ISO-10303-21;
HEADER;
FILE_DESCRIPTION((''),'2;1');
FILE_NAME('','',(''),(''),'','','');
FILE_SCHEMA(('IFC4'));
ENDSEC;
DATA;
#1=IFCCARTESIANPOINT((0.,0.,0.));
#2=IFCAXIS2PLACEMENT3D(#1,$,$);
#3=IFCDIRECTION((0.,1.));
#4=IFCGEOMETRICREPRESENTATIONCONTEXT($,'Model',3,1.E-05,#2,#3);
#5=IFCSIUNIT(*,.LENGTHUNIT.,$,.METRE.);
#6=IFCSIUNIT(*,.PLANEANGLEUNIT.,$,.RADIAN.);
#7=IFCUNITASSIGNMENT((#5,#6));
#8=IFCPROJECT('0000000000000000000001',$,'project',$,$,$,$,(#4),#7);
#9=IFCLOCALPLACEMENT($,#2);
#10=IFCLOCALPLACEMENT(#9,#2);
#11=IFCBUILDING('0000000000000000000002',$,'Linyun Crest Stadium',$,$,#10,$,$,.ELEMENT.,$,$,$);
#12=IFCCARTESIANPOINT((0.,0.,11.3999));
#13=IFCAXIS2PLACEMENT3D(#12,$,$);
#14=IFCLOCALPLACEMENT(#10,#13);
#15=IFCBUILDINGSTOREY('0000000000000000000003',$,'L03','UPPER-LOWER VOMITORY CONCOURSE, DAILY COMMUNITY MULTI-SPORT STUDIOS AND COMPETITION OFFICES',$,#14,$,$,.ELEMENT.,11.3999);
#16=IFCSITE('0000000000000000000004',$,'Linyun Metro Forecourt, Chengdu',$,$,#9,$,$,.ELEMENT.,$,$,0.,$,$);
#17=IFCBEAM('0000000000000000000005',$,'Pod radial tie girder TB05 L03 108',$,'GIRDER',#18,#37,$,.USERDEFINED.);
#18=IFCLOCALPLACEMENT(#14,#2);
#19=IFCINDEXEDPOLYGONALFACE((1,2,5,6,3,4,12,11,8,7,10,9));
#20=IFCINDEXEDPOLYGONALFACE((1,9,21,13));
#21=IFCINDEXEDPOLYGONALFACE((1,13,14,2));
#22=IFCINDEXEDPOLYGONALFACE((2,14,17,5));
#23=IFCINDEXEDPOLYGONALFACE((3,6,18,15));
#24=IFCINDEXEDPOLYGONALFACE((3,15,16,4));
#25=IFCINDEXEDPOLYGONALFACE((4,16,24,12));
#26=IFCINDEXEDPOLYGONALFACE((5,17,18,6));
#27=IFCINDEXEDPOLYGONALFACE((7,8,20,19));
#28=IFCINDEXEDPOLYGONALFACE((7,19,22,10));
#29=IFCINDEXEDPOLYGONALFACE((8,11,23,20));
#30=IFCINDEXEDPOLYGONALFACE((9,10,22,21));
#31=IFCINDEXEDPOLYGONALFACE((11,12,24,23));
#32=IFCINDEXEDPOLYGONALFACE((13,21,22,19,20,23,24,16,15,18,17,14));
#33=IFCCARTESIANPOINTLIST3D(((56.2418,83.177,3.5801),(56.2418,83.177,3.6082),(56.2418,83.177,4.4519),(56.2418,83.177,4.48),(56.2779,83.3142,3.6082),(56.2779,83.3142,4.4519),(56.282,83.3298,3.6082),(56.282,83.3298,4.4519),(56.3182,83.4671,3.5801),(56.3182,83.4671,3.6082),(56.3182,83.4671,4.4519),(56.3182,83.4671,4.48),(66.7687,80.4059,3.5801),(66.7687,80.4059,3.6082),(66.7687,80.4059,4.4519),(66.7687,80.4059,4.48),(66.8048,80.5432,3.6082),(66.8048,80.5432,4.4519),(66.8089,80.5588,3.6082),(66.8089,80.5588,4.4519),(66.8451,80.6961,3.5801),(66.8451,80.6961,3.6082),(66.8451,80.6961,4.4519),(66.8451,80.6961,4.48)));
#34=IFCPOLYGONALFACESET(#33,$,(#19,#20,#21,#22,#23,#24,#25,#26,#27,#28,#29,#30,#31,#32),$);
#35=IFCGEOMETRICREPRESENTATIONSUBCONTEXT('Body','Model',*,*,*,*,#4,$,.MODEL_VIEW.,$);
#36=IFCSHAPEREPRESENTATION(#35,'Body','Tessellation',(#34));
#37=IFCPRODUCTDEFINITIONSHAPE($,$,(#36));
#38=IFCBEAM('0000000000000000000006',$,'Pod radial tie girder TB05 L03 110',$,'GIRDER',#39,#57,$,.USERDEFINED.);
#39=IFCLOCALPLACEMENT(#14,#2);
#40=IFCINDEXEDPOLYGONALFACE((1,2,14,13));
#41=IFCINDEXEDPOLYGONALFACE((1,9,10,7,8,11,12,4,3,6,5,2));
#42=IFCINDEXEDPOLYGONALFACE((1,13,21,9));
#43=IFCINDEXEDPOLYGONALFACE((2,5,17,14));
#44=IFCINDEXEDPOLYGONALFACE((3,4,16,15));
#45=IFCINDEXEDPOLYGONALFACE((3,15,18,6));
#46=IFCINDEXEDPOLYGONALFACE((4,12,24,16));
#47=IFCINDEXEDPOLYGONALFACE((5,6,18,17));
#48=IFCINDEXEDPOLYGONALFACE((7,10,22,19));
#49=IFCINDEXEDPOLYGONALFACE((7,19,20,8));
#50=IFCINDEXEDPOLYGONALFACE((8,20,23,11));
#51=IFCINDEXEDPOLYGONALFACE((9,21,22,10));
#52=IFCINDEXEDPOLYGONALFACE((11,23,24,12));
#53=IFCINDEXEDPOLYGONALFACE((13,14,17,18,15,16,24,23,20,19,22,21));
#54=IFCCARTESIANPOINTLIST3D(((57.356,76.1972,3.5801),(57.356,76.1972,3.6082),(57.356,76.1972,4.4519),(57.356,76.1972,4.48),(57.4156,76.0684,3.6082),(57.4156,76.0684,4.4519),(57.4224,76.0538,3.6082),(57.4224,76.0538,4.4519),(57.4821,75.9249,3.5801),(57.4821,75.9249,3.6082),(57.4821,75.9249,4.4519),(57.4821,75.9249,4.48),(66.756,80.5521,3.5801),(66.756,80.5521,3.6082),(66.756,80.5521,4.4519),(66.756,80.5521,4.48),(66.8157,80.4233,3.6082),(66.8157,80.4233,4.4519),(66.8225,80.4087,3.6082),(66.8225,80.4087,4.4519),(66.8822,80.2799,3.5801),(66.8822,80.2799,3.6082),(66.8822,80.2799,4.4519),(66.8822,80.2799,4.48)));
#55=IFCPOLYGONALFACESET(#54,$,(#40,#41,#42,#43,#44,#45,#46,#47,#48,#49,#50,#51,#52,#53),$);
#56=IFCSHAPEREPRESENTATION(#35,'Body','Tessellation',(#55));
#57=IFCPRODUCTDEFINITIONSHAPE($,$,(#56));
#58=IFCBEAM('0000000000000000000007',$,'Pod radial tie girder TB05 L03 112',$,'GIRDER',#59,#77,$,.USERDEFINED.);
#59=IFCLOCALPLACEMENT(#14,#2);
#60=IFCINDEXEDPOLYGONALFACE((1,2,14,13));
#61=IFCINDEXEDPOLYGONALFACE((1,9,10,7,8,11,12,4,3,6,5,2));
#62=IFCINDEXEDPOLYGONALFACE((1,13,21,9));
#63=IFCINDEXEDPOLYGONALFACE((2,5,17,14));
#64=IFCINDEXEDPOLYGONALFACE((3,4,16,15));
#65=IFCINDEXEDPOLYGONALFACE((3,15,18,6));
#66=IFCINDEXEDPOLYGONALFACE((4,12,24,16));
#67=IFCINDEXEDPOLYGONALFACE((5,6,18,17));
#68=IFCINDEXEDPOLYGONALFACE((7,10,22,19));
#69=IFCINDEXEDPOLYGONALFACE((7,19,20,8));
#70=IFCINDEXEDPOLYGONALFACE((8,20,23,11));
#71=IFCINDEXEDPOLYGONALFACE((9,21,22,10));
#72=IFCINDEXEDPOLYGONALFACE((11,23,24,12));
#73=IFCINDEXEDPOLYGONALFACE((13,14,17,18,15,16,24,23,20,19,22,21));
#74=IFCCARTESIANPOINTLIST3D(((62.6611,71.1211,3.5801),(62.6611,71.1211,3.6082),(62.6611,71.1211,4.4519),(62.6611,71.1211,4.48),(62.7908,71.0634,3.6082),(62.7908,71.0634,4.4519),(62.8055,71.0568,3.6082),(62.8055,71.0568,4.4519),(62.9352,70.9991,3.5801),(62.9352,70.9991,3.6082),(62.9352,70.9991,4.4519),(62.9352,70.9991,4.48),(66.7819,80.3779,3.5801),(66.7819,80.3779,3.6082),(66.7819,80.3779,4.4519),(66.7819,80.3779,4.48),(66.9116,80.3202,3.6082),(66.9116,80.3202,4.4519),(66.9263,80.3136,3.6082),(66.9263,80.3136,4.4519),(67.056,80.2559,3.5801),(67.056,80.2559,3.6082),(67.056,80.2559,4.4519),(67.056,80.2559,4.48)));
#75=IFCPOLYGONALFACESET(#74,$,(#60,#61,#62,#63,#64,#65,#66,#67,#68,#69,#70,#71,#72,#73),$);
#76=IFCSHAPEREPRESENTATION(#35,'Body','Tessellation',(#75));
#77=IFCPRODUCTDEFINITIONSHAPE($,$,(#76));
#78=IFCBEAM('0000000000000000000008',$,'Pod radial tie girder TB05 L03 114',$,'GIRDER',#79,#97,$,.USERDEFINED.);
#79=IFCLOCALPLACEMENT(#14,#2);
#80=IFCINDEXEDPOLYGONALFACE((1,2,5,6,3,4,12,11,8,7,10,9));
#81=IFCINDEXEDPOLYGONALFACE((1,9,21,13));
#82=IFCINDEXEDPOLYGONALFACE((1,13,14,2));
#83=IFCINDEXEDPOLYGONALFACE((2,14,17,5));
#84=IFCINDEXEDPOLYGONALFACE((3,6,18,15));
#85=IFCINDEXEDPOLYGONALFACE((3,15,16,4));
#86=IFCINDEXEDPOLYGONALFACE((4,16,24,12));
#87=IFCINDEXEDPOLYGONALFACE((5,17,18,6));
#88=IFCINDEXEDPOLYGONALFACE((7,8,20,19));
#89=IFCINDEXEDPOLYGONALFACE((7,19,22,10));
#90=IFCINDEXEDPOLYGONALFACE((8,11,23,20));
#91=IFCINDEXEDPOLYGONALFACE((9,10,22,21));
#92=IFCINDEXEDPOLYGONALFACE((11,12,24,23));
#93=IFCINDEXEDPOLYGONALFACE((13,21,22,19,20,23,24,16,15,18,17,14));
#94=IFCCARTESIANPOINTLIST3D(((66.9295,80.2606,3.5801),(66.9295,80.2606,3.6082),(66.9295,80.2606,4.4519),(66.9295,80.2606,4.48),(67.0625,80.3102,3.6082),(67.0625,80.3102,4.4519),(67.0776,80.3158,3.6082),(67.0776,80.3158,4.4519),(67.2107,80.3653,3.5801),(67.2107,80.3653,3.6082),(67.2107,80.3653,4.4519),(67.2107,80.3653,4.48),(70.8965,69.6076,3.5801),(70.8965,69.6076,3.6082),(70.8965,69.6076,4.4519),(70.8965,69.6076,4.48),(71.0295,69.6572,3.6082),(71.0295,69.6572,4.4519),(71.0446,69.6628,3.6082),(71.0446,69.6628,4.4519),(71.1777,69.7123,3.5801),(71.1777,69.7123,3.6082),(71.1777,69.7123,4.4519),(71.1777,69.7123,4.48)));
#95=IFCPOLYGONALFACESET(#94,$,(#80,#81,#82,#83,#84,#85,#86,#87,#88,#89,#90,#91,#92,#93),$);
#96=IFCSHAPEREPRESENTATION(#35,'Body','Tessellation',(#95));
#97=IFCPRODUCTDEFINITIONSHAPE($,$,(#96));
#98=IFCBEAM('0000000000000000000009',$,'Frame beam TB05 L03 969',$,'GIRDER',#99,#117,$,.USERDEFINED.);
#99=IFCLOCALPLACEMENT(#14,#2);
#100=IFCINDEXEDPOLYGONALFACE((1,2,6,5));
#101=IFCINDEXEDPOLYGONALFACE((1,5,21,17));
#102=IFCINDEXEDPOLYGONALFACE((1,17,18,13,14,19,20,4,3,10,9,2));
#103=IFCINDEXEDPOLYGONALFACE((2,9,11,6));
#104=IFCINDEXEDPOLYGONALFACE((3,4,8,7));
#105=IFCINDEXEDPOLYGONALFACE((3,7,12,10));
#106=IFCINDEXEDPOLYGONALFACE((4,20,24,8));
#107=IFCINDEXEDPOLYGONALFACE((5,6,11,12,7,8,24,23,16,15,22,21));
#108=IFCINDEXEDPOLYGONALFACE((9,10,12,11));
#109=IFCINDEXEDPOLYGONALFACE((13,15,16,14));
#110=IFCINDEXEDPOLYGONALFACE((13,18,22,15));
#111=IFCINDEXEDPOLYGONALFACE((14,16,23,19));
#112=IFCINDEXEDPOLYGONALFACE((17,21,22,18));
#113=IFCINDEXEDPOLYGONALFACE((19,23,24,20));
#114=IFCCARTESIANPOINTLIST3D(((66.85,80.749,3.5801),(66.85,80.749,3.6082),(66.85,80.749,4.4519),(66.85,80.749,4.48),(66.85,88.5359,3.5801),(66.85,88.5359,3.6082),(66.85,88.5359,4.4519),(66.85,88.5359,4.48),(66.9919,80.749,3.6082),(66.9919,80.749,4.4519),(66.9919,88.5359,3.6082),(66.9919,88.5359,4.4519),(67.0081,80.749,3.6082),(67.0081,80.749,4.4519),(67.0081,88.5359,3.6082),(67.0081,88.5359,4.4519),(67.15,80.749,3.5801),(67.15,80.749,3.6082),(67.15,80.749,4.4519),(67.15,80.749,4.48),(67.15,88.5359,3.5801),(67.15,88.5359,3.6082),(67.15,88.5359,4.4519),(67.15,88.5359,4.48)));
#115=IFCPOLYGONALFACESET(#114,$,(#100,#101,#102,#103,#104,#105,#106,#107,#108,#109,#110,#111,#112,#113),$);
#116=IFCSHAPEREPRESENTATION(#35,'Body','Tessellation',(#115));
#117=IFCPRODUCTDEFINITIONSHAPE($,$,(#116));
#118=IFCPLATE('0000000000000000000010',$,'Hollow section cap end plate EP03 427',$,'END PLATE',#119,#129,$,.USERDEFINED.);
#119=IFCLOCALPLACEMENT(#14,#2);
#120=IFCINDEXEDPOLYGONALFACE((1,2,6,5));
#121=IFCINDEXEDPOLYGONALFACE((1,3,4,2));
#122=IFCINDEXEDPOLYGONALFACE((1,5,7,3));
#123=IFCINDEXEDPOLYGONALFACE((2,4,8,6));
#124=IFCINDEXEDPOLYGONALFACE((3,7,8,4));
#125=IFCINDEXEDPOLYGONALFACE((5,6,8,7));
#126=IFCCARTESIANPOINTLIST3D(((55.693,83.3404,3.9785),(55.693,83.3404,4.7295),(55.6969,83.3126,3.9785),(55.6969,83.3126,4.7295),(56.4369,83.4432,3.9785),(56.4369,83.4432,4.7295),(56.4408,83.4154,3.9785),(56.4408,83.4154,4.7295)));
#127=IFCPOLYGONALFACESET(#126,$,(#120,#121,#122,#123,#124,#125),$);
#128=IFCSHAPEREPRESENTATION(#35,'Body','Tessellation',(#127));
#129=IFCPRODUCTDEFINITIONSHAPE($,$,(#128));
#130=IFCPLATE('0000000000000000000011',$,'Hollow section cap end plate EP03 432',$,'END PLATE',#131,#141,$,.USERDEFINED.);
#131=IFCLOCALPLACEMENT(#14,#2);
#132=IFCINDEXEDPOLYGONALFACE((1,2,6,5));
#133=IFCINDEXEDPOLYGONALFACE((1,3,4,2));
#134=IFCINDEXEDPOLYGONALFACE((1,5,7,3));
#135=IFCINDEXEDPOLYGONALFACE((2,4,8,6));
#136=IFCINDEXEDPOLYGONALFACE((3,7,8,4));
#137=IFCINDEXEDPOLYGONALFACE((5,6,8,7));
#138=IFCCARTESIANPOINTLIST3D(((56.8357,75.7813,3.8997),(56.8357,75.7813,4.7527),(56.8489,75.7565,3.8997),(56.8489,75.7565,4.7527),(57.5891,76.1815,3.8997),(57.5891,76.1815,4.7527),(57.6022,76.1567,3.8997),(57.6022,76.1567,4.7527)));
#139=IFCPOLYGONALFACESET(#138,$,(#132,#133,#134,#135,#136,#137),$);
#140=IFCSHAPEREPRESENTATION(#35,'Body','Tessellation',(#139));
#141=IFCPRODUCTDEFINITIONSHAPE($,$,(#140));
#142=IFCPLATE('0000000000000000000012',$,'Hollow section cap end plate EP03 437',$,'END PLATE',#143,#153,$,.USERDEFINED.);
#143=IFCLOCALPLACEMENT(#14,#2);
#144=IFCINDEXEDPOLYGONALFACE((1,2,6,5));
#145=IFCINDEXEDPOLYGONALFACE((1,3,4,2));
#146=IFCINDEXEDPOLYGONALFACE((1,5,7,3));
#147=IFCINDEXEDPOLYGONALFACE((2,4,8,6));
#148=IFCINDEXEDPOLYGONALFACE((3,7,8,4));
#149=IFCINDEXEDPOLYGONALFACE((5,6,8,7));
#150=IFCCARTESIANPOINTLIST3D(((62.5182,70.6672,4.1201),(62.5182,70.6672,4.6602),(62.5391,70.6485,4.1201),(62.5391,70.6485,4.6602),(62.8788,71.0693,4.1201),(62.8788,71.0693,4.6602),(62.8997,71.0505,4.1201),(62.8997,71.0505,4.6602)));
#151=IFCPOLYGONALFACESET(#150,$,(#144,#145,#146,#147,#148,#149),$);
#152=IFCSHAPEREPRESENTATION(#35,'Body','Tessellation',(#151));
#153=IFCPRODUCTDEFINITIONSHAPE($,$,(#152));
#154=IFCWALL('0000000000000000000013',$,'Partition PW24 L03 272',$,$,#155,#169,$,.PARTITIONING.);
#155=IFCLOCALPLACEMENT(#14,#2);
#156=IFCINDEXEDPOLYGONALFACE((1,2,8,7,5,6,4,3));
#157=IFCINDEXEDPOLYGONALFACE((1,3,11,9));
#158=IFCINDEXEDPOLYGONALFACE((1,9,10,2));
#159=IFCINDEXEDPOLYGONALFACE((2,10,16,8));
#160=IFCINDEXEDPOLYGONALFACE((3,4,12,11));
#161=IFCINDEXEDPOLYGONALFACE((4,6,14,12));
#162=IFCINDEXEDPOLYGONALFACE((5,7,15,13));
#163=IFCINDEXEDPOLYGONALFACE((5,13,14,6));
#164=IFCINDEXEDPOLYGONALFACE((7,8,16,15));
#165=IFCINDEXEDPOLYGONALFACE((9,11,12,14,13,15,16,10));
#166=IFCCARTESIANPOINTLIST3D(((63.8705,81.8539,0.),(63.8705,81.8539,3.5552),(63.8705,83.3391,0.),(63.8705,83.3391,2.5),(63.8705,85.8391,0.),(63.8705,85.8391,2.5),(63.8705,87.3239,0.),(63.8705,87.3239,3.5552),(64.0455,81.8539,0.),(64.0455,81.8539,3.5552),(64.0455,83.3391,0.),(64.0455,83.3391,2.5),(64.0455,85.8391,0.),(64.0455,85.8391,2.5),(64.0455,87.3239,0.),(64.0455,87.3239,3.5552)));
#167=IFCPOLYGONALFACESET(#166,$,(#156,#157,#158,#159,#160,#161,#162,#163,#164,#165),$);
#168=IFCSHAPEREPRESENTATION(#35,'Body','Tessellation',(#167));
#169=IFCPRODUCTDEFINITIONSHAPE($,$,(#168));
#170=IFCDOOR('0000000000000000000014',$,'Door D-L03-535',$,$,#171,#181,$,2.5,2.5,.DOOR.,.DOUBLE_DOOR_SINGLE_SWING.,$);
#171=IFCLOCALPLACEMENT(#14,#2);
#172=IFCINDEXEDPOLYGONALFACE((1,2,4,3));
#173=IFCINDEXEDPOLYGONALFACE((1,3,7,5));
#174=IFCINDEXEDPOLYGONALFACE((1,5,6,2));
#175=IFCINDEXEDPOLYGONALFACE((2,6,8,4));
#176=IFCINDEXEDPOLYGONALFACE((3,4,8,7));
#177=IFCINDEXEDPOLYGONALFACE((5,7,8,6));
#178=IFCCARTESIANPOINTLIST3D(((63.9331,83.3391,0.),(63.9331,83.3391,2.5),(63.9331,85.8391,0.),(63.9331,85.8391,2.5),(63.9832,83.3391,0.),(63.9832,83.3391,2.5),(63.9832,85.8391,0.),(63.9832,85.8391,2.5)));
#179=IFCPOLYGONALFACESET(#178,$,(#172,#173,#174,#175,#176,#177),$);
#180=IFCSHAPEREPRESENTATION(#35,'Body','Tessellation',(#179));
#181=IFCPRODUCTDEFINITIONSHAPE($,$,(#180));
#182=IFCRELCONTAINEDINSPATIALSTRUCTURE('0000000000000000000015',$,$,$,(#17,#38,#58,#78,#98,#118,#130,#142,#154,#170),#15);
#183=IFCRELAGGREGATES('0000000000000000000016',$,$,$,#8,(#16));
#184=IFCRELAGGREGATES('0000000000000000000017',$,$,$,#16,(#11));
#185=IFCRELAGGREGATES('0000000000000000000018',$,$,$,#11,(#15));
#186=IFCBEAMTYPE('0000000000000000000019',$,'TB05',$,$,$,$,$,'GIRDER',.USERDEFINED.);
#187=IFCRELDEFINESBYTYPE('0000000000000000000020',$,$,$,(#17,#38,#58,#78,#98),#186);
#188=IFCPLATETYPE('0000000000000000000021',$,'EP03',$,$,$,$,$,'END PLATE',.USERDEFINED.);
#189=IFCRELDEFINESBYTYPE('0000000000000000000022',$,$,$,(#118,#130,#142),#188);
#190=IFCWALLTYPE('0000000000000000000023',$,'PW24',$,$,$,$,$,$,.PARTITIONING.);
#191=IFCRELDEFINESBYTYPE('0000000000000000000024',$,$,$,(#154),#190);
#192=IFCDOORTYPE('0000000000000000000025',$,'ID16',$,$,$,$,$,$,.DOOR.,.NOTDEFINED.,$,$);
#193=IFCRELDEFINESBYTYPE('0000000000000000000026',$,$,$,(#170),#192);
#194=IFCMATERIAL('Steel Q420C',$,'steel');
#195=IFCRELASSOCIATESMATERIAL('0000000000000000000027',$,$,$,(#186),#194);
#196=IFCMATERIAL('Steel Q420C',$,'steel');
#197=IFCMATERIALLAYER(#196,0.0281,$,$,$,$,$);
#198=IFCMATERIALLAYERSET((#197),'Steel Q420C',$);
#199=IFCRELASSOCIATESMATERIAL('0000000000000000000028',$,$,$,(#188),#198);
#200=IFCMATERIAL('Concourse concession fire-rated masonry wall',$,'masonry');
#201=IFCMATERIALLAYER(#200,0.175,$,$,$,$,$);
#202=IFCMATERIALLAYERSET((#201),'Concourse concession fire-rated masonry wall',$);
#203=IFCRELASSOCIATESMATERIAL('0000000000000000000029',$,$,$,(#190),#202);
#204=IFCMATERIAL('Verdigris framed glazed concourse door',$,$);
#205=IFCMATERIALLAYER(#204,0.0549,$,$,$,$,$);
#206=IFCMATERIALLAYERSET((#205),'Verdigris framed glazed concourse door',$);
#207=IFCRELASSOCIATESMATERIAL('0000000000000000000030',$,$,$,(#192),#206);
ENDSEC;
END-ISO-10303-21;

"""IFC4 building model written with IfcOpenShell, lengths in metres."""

from ifc_helpers import new_model, si_unit, direction, frame, frame_2d, origin, origin_2d, place, context, subcontext, project, spatial, rectangle, i_section, extrude, material, layer, layer_set, material_profile, profile_set, type_object, element, fill, save


model = new_model("IFC4")

# Units and contexts
model_context = context("Model", 3, precision=1e-05, world=origin(), true_north=direction((0.0, 1.0)))
body_context = subcontext(model_context, "Body", "Model", "MODEL_VIEW")
ifc_project = project(units=[si_unit("LENGTHUNIT", "METRE"), si_unit("PLANEANGLEUNIT", "RADIAN")], contexts=[model_context])

# Site, building, storey
site_placement = place(None, origin())
site = spatial("IfcSite", under=ifc_project, at=site_placement, Name="Linyun Metro Forecourt, Chengdu", CompositionType="ELEMENT", RefElevation=0.0)
building_placement = place(site_placement, origin())
building = spatial("IfcBuilding", under=site, at=building_placement, Name="Linyun Crest Stadium", CompositionType="ELEMENT")
storey_placement = place(building_placement, frame((0.0, 0.0, 11.3999)))
storey = spatial("IfcBuildingStorey", under=building, at=storey_placement, Name="L03", Description="UPPER-LOWER VOMITORY CONCOURSE, DAILY COMMUNITY MULTI-SPORT STUDIOS AND COMPETITION OFFICES", CompositionType="ELEMENT", Elevation=11.3999)

# Beams
ifc_material_1 = material(Name="Steel Q420C", Category="steel")
ifc_material_profile_1 = material_profile(ifc_material_1, i_section(OverallWidth=0.3, OverallDepth=0.8999, WebThickness=0.0161, FlangeThickness=0.0281, at=origin_2d()), Name="HN 900x300")
ifc_profile_set_1 = profile_set([ifc_material_profile_1], Name="Steel Q420C")
beam_type_1 = type_object("IfcBeamType", Name="TB05", ElementType="GIRDER", PredefinedType="USERDEFINED", material=ifc_profile_set_1)
beam_1_placement = place(storey_placement, frame((66.8069, 80.551, 4.03), z_axis=(-0.967057, 0.25456, 0.0), x_axis=(-0.25456, -0.967057, 0.0)))
element("IfcBeam", 1, at=beam_1_placement, inside=storey, type_object=beam_type_1, Name="Pod radial tie girder TB05 L03 108", ObjectType="GIRDER", PredefinedType="USERDEFINED", context=body_context, shape_type="SweptSolid", body=[
    extrude(i_section(OverallWidth=0.3, OverallDepth=0.8999, WebThickness=0.0161, FlangeThickness=0.0281, at=origin_2d()), origin(), (0.0, 0.0, 1.0), 10.8855),
])
beam_2_placement = place(storey_placement, frame((66.8191, 80.416, 4.03), z_axis=(-0.907354, -0.420367, 0.0), x_axis=(0.420367, -0.907354, 0.0)))
element("IfcBeam", 2, at=beam_2_placement, inside=storey, type_object=beam_type_1, Name="Pod radial tie girder TB05 L03 110", ObjectType="GIRDER", PredefinedType="USERDEFINED", context=body_context, shape_type="SweptSolid", body=[
    extrude(i_section(OverallWidth=0.3, OverallDepth=0.8999, WebThickness=0.0161, FlangeThickness=0.0281, at=origin_2d()), origin(), (0.0, 0.0, 1.0), 10.3599),
])
beam_3_placement = place(storey_placement, frame((66.9189, 80.3169, 4.03), z_axis=(-0.406691, -0.913566, 0.0), x_axis=(0.913566, -0.406691, 0.0)))
element("IfcBeam", 3, at=beam_3_placement, inside=storey, type_object=beam_type_1, Name="Pod radial tie girder TB05 L03 112", ObjectType="GIRDER", PredefinedType="USERDEFINED", context=body_context, shape_type="SweptSolid", body=[
    extrude(i_section(OverallWidth=0.3, OverallDepth=0.8999, WebThickness=0.0161, FlangeThickness=0.0281, at=origin_2d()), origin(), (0.0, 0.0, 1.0), 10.1326),
])
beam_4_placement = place(storey_placement, frame((67.0701, 80.313, 4.03), z_axis=(0.348974, -0.937133, 0.0), x_axis=(0.937133, 0.348974, 0.0)))
element("IfcBeam", 4, at=beam_4_placement, inside=storey, type_object=beam_type_1, Name="Pod radial tie girder TB05 L03 114", ObjectType="GIRDER", PredefinedType="USERDEFINED", context=body_context, shape_type="SweptSolid", body=[
    extrude(i_section(OverallWidth=0.3, OverallDepth=0.8999, WebThickness=0.0161, FlangeThickness=0.0281, at=origin_2d()), origin(), (0.0, 0.0, 1.0), 11.3677),
])
beam_5_placement = place(storey_placement, frame((67.0, 80.749, 4.03), z_axis=(0.0, 1.0, 0.0), x_axis=(-1.0, 0.0, 0.0)))
element("IfcBeam", 5, at=beam_5_placement, inside=storey, type_object=beam_type_1, Name="Frame beam TB05 L03 969", ObjectType="GIRDER", PredefinedType="USERDEFINED", context=body_context, shape_type="SweptSolid", body=[
    extrude(i_section(OverallWidth=0.3, OverallDepth=0.8999, WebThickness=0.0161, FlangeThickness=0.0281, at=origin_2d()), origin(), (0.0, 0.0, 1.0), 7.7869),
])

# Plates
ifc_material_2 = material(Name="Steel Q420C", Category="steel")
ifc_layer_1 = layer(ifc_material_2, 0.0281)
ifc_layer_set_1 = layer_set([ifc_layer_1], Name="Steel Q420C")
plate_type = type_object("IfcPlateType", Name="EP03", ElementType="END PLATE", PredefinedType="USERDEFINED", material=ifc_layer_set_1)
plate_1_placement = place(storey_placement, frame((56.0669, 83.3779, 3.9785), z_axis=(0.0, 0.0, 1.0), x_axis=(-0.990581, -0.136926, 0.0)))
element("IfcPlate", 6, at=plate_1_placement, inside=storey, type_object=plate_type, Name="Hollow section cap end plate EP03 427", ObjectType="END PLATE", PredefinedType="USERDEFINED", context=body_context, shape_type="SweptSolid", body=[
    extrude(rectangle(XDim=0.751, YDim=0.0281, at=origin_2d()), origin(), (0.0, 0.0, 1.0), 0.751),
])
plate_2_placement = place(storey_placement, frame((57.219, 75.969, 3.8997), z_axis=(0.0, 0.0, 1.0), x_axis=(-0.883111, -0.469163, 0.0)))
element("IfcPlate", 7, at=plate_2_placement, inside=storey, type_object=plate_type, Name="Hollow section cap end plate EP03 432", ObjectType="END PLATE", PredefinedType="USERDEFINED", context=body_context, shape_type="SweptSolid", body=[
    extrude(rectangle(XDim=0.853, YDim=0.0281, at=origin_2d()), origin(), (0.0, 0.0, 1.0), 0.853),
])
plate_3_placement = place(storey_placement, frame((62.709, 70.8589, 4.1201), z_axis=(0.0, 0.0, 1.0), x_axis=(-0.667703, -0.744428, 0.0)))
element("IfcPlate", 8, at=plate_3_placement, inside=storey, type_object=plate_type, Name="Hollow section cap end plate EP03 437", ObjectType="END PLATE", PredefinedType="USERDEFINED", context=body_context, shape_type="SweptSolid", body=[
    extrude(rectangle(XDim=0.54, YDim=0.0281, at=origin_2d()), origin(), (0.0, 0.0, 1.0), 0.54),
])

# Wall, opening, door
ifc_material_3 = material(Name="Concourse concession fire-rated masonry wall", Category="masonry")
ifc_layer_2 = layer(ifc_material_3, 0.175)
ifc_layer_set_2 = layer_set([ifc_layer_2], Name="Concourse concession fire-rated masonry wall")
wall_type = type_object("IfcWallType", Name="PW24", PredefinedType="PARTITIONING", material=ifc_layer_set_2)
wall_1_placement = place(storey_placement, frame((63.958, 81.854, 0.0), z_axis=(0.0, 0.0, 1.0), x_axis=(0.0, 1.0, 0.0)))
wall_1 = element("IfcWall", 9, at=wall_1_placement, inside=storey, type_object=wall_type, Name="Partition PW24 L03 272", PredefinedType="PARTITIONING", context=body_context, shape_type="SweptSolid", body=[
    extrude(rectangle(XDim=5.47, YDim=0.175, at=frame_2d((2.7349, 0.0))), origin(), (0.0, 0.0, 1.0), 3.5552),
])
opening_placement = place(wall_1_placement, frame((1.4851, 0.0, 0.0)))
opening = element("IfcOpeningElement", 10, at=opening_placement, cuts=wall_1, PredefinedType="OPENING", context=body_context, shape_type="SweptSolid", body=[
    extrude(rectangle(XDim=2.5, YDim=2.5, at=frame_2d((1.25, 1.25))), frame((0.0, 0.0974, 0.0), z_axis=(0.0, -1.0, 0.0), x_axis=(1.0, 0.0, 0.0)), (0.0, 0.0, 1.0), 0.1951),
])
ifc_material_4 = material(Name="Verdigris framed glazed concourse door")
ifc_layer_3 = layer(ifc_material_4, 0.0549)
ifc_layer_set_3 = layer_set([ifc_layer_3], Name="Verdigris framed glazed concourse door")
door_type = type_object("IfcDoorType", Name="ID16", OperationType="NOTDEFINED", PredefinedType="DOOR", material=ifc_layer_set_3)
door_placement = place(opening_placement, origin())
door = element("IfcDoor", 11, at=door_placement, inside=storey, type_object=door_type, Name="Door D-L03-535", OperationType="DOUBLE_DOOR_SINGLE_SWING", OverallHeight=2.5, OverallWidth=2.5, PredefinedType="DOOR", context=body_context, shape_type="SweptSolid", body=[
    extrude(rectangle(XDim=2.5, YDim=2.5, at=frame_2d((1.25, 1.25))), frame((0.0, 0.0249, 0.0), z_axis=(0.0, -1.0, 0.0), x_axis=(1.0, 0.0, 0.0)), (0.0, 0.0, 1.0), 0.05),
])
fill(opening, door)

save(model, "model.ifc")
